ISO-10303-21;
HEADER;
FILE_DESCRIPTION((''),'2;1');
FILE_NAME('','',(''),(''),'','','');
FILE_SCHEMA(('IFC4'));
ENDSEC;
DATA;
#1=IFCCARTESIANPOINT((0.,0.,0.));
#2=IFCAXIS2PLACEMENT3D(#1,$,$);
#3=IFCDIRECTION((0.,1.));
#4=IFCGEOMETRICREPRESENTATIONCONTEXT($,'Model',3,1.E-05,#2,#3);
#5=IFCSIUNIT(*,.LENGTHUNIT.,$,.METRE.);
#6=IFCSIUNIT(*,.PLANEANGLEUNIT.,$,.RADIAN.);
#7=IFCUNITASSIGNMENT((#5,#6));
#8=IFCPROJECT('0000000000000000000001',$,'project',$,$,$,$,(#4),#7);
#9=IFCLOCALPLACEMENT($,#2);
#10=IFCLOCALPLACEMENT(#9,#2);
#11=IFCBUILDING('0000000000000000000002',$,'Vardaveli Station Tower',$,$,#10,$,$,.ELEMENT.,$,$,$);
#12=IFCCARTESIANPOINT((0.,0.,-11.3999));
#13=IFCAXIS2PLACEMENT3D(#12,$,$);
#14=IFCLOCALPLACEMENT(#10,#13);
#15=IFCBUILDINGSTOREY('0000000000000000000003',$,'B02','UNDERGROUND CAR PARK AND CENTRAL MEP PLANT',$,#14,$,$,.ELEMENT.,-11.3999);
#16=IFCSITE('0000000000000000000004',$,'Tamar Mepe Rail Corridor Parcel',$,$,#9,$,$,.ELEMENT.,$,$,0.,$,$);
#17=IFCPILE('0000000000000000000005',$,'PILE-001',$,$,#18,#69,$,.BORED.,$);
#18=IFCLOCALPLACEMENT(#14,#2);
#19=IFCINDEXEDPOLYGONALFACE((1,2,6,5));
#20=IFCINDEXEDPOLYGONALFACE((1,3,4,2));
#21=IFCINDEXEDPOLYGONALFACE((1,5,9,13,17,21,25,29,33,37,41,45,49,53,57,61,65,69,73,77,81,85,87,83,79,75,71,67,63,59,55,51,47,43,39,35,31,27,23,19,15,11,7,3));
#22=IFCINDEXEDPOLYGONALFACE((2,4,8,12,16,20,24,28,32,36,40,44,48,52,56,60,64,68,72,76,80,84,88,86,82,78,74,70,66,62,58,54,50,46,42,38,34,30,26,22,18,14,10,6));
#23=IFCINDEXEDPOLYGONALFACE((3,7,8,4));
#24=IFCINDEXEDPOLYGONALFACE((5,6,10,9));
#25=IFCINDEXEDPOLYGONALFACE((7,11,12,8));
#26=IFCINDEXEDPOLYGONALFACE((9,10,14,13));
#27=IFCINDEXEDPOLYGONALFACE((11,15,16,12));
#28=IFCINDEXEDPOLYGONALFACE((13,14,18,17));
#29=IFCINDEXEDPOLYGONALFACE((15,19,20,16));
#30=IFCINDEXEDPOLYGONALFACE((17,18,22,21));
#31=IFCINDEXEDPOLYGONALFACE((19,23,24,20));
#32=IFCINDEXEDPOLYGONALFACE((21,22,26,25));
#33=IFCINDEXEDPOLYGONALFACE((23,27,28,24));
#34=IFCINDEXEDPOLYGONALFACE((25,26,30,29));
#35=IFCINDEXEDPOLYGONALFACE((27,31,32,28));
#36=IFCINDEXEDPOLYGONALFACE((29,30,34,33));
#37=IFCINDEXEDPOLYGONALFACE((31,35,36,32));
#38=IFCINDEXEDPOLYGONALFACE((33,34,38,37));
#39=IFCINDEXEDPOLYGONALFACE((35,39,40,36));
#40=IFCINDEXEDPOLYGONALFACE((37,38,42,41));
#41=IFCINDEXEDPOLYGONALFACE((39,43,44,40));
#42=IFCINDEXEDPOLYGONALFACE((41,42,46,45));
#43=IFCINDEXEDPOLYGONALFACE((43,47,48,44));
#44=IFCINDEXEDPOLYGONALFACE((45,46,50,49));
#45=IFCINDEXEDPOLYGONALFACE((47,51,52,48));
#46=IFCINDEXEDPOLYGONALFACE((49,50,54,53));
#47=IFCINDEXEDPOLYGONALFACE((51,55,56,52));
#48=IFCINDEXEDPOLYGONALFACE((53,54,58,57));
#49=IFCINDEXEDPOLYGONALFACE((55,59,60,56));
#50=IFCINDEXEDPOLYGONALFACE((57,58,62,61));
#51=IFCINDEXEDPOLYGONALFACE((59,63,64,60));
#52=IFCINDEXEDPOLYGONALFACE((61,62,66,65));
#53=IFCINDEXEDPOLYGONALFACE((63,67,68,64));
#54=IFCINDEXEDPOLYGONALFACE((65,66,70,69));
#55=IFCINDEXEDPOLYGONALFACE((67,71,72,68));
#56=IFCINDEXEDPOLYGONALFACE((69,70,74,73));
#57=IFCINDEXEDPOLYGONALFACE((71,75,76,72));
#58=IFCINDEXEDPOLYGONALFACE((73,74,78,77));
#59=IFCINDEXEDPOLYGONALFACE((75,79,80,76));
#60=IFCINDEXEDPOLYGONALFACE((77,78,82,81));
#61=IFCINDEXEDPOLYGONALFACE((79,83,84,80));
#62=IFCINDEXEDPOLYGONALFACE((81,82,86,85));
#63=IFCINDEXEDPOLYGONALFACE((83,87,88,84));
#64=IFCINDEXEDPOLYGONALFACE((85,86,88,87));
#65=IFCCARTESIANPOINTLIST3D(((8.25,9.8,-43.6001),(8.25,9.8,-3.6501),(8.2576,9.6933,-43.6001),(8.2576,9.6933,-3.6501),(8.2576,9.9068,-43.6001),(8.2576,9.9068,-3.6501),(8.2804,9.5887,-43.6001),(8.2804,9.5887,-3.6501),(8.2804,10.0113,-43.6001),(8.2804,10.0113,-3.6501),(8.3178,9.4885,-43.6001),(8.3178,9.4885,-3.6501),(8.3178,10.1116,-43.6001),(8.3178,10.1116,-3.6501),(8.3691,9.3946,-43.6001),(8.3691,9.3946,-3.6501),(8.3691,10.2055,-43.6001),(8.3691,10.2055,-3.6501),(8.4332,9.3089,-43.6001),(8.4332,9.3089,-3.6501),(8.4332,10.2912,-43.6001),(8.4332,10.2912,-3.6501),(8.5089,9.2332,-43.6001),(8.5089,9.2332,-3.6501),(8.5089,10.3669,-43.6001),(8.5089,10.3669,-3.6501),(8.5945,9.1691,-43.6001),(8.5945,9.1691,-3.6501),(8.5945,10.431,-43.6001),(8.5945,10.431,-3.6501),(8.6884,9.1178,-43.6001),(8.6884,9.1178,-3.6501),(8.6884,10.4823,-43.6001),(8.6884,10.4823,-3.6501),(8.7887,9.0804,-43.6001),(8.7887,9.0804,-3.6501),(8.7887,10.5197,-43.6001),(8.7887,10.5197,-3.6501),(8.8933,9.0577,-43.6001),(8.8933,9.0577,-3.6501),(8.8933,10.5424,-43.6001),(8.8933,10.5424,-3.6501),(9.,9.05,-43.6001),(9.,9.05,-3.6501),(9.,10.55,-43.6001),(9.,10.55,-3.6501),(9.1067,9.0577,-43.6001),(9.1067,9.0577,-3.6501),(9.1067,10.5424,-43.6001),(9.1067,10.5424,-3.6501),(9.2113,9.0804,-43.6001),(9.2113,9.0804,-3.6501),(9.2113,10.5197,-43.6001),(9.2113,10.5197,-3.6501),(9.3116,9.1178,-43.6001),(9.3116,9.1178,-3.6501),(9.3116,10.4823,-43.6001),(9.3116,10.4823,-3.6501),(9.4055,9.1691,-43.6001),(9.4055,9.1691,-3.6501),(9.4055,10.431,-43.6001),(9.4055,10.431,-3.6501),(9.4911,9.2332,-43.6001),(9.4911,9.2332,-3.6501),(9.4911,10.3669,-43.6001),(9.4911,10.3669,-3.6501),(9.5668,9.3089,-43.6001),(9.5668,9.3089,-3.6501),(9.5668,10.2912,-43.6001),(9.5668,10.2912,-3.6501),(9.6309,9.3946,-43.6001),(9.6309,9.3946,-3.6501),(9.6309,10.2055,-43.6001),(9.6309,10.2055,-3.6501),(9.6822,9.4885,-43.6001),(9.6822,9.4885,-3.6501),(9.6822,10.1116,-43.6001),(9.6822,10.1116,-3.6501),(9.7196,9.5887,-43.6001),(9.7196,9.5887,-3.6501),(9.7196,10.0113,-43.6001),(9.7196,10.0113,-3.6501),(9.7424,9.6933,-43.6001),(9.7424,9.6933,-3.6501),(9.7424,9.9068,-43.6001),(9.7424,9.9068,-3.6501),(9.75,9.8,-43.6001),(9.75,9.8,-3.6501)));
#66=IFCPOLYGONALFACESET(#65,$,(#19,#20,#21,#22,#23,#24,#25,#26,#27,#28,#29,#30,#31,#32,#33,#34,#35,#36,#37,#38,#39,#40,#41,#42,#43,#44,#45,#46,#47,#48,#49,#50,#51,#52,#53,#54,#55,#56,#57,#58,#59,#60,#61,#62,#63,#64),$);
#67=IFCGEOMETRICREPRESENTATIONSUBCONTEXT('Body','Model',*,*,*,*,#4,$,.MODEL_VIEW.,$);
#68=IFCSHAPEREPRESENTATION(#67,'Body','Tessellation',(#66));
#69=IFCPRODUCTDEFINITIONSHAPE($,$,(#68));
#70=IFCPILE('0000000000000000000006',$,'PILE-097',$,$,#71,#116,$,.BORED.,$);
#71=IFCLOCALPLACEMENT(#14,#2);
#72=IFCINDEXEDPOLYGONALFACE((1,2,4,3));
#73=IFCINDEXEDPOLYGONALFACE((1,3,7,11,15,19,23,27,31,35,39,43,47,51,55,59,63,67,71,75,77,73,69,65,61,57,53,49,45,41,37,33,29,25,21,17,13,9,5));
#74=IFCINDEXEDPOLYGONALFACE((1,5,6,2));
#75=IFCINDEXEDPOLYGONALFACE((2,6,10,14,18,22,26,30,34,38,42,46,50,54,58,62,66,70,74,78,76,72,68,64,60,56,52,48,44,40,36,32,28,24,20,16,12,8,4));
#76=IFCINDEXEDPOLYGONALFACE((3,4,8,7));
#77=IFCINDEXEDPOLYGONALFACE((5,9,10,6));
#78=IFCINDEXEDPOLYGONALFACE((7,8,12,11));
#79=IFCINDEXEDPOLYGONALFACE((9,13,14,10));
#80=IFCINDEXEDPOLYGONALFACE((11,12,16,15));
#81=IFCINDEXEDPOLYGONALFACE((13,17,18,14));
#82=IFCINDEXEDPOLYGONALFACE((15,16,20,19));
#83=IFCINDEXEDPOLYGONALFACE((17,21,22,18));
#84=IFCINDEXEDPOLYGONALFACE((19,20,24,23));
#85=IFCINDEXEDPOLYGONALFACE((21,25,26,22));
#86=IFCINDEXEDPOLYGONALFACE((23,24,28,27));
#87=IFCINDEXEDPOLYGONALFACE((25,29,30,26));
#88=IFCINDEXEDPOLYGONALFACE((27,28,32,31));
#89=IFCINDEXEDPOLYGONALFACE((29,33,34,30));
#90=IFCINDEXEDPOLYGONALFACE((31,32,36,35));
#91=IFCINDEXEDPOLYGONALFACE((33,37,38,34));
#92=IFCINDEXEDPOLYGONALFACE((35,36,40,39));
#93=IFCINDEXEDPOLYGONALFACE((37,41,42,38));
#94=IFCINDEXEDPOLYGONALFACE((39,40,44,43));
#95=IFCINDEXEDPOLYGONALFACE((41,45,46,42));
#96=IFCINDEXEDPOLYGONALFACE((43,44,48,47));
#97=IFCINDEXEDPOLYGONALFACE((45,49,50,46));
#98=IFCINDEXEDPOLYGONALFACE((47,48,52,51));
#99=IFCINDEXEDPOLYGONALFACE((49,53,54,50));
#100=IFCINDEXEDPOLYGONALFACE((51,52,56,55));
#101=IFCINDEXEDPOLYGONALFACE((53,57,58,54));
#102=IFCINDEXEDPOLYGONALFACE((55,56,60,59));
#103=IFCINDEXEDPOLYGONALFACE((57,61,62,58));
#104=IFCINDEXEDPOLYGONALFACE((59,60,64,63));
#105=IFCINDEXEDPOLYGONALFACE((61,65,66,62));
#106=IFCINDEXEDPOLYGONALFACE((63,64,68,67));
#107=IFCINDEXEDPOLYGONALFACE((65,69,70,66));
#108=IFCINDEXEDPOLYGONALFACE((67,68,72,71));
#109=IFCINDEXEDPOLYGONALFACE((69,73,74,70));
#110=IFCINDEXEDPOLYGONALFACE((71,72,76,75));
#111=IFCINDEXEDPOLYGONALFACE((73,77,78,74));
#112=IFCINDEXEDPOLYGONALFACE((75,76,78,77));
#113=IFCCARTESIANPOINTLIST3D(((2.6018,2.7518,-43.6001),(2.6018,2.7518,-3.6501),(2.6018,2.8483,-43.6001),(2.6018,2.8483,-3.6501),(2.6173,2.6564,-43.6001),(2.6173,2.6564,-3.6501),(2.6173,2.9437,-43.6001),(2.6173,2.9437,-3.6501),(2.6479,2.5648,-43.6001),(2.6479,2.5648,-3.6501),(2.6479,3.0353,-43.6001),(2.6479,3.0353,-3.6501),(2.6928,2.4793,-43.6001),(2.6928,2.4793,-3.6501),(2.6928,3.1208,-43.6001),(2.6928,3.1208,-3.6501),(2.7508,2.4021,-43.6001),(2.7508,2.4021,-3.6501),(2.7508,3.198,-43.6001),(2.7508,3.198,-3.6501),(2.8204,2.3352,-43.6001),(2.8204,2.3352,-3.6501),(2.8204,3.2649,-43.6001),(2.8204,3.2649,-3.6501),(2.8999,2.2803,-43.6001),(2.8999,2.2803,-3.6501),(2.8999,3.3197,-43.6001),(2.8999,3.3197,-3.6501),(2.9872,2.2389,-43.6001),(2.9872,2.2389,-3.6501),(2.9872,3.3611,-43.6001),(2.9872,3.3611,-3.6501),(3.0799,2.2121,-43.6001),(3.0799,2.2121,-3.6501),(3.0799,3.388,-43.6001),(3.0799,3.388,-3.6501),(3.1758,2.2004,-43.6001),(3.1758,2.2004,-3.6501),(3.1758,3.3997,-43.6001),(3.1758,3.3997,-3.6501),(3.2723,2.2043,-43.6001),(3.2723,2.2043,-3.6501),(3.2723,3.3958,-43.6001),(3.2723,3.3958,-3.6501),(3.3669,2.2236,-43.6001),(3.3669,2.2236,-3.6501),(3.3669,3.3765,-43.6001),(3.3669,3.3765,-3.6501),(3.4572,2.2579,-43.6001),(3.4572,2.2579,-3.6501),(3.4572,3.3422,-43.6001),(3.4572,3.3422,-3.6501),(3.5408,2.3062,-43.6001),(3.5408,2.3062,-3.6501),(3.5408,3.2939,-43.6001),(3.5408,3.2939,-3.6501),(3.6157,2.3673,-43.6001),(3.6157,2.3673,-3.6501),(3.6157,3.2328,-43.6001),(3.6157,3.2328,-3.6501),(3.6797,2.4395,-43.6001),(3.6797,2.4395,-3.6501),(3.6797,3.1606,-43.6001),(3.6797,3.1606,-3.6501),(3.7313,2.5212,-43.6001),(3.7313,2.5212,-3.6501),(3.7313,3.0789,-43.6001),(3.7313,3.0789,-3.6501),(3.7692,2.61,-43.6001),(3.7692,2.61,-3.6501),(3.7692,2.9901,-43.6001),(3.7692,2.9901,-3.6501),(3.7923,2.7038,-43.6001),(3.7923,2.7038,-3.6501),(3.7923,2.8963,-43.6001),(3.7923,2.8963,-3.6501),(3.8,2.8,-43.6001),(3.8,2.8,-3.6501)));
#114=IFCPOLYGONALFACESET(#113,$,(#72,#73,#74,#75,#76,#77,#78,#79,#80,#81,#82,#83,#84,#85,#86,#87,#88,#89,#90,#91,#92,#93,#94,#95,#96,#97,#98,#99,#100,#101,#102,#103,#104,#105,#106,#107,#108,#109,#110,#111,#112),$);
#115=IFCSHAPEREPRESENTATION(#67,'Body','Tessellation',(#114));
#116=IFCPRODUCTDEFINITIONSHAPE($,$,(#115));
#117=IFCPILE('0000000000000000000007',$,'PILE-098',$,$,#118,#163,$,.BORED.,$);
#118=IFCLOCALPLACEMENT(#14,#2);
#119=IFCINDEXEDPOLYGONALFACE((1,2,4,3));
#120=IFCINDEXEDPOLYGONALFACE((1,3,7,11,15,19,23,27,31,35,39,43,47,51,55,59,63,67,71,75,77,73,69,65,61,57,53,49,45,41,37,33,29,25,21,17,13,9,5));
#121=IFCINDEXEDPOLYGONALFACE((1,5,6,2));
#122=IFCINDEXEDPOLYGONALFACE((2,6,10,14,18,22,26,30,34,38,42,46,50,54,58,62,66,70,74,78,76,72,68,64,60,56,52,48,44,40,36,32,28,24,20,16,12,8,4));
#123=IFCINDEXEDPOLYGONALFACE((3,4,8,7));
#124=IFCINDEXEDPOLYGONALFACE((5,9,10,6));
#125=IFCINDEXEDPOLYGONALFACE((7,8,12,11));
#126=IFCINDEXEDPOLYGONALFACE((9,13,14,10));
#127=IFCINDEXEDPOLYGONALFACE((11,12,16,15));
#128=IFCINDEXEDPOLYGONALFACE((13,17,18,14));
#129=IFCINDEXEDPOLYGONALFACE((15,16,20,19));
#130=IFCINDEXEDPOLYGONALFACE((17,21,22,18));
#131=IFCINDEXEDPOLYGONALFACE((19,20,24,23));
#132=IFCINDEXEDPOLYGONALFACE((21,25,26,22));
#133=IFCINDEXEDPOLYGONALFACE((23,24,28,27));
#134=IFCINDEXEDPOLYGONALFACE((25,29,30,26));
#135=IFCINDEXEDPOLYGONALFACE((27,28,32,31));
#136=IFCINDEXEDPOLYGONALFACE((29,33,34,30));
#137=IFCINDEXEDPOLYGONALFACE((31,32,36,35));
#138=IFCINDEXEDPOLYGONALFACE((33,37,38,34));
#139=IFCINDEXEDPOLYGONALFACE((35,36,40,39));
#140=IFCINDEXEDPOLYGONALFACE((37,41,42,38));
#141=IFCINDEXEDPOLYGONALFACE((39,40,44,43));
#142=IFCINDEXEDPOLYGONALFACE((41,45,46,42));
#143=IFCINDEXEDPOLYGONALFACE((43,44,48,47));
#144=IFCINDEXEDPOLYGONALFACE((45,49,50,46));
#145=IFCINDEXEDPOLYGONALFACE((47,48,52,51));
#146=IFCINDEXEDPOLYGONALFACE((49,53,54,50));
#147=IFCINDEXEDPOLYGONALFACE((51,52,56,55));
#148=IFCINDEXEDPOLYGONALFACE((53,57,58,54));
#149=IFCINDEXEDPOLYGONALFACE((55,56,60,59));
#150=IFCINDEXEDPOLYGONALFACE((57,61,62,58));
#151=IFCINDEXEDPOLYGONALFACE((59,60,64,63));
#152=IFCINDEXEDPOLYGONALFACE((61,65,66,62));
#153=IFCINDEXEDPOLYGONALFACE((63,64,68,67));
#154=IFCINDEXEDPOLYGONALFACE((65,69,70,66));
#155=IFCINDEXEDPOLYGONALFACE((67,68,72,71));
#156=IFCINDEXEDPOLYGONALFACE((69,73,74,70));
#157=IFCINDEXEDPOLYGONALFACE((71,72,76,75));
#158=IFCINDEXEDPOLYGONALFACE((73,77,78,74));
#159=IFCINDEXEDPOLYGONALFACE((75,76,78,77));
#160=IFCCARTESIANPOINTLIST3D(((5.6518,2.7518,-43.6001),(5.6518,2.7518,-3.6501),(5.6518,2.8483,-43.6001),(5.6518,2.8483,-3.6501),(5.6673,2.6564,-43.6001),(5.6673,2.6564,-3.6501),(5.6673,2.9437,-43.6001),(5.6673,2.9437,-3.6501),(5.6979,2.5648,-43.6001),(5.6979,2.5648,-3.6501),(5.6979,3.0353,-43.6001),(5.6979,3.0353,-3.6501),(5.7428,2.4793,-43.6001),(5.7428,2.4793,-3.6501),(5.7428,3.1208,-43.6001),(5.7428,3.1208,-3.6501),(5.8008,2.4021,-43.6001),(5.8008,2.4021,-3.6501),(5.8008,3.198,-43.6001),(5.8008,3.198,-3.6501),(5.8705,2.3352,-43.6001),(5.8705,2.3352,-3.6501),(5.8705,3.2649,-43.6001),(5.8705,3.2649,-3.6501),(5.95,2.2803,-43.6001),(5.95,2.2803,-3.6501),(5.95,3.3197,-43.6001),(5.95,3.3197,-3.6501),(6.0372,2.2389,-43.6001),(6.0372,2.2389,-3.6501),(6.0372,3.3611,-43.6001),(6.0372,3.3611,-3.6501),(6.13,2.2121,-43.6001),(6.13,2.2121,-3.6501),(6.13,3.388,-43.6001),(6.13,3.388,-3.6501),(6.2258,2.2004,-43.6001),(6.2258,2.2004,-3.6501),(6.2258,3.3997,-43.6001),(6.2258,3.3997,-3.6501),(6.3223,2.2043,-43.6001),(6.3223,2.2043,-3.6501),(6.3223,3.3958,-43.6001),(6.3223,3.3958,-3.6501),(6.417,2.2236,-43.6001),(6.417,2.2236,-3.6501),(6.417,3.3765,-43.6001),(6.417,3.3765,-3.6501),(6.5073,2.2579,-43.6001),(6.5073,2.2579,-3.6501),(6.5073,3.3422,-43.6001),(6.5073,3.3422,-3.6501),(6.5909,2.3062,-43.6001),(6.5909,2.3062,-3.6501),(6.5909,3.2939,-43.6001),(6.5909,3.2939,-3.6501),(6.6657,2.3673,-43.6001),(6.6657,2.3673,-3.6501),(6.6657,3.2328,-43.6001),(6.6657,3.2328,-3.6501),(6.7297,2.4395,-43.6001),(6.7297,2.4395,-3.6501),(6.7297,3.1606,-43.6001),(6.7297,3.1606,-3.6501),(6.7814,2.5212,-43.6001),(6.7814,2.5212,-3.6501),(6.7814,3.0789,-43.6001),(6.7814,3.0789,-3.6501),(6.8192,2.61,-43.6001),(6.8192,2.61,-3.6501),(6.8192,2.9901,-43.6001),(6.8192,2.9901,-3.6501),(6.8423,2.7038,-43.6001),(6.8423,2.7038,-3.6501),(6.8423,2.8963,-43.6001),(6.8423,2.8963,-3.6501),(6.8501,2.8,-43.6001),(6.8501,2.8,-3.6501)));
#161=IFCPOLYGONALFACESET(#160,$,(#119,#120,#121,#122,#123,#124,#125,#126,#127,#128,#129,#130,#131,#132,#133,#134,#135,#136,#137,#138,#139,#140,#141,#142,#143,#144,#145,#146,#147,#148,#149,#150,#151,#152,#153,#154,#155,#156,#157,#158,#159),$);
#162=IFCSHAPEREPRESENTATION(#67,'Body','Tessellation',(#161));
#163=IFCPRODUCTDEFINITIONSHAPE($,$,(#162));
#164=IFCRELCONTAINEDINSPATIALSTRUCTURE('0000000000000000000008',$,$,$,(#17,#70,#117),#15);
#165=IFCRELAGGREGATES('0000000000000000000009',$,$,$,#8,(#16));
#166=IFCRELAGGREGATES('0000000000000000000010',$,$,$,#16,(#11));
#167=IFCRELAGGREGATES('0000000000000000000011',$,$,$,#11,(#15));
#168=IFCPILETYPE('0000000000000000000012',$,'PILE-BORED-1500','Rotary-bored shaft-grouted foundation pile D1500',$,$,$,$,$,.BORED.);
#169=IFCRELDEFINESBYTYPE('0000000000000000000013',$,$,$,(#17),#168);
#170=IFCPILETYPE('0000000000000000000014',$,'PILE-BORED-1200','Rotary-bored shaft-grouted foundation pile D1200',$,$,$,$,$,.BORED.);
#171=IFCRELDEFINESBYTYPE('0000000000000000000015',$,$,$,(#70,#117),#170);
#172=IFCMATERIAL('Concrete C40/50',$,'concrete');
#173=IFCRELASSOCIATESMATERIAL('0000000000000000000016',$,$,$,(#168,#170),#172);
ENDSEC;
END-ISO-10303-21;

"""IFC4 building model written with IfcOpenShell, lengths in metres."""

from ifc_helpers import new_model, si_unit, direction, frame, origin, origin_2d, place, context, subcontext, project, spatial, circle, extrude, source, transform, mapped, material, material_profile, profile_set, type_object, element, save


model = new_model("IFC4")

# Units and contexts
model_context = context("Model", 3, precision=1e-05, world=origin(), true_north=direction((0.0, 1.0)))
body_context = subcontext(model_context, "Body", "Model", "MODEL_VIEW")
ifc_project = project(units=[si_unit("LENGTHUNIT", "METRE"), si_unit("PLANEANGLEUNIT", "RADIAN")], contexts=[model_context])

# Site, building, storey
site_placement = place(None, origin())
site = spatial("IfcSite", under=ifc_project, at=site_placement, Name="Tamar Mepe Rail Corridor Parcel", CompositionType="ELEMENT", RefElevation=0.0)
building_placement = place(site_placement, origin())
building = spatial("IfcBuilding", under=site, at=building_placement, Name="Vardaveli Station Tower", CompositionType="ELEMENT")
storey_placement = place(building_placement, frame((0.0, 0.0, -11.3999)))
storey = spatial("IfcBuildingStorey", under=building, at=storey_placement, Name="B02", Description="UNDERGROUND CAR PARK AND CENTRAL MEP PLANT", CompositionType="ELEMENT", Elevation=-11.3999)

# Piles
ifc_material_1 = material(Name="Concrete C40/50", Category="concrete")
ifc_material_profile_1 = material_profile(ifc_material_1, circle(Radius=0.75, at=origin_2d()), Name="PILE D1500")
ifc_profile_set_1 = profile_set([ifc_material_profile_1], Name="Concrete C40/50")
pile_type_1 = type_object("IfcPileType", Name="PILE-BORED-1500", Description="Rotary-bored shaft-grouted foundation pile D1500", PredefinedType="BORED", material=ifc_profile_set_1)
shared_shape_1 = source(origin(), body_context, "Body", "SweptSolid", [
    extrude(circle(Radius=0.75, at=origin_2d()), origin(), (0.0, 0.0, 1.0), 39.95),
])
pile_placement = place(storey_placement, frame((9.0, 9.8, -3.6501), z_axis=(0.0, 0.0, -1.0), x_axis=(1.0, 0.0, 0.0)))
element("IfcPile", 1, at=pile_placement, inside=storey, type_object=pile_type_1, Name="PILE-001", PredefinedType="BORED", context=body_context, shape_type="MappedRepresentation", body=[
    mapped(shared_shape_1, transform((0.0, 0.0, 0.0), scale=1.0)),
])
ifc_material_profile_2 = material_profile(ifc_material_1, circle(Radius=0.6001, at=origin_2d()), Name="PILE D1200")
ifc_profile_set_2 = profile_set([ifc_material_profile_2], Name="Concrete C40/50")
pile_type_2 = type_object("IfcPileType", Name="PILE-BORED-1200", Description="Rotary-bored shaft-grouted foundation pile D1200", PredefinedType="BORED", material=ifc_profile_set_2)
shared_shape_2 = source(origin(), body_context, "Body", "SweptSolid", [
    extrude(circle(Radius=0.6001, at=origin_2d()), origin(), (0.0, 0.0, 1.0), 39.95),
])
for number, where, z_axis, x_axis, name in (
    (2, (3.2, 2.8, -3.6501), (0.0, 0.0, -1.0), (1.0, 0.0, 0.0), "PILE-097"),
    (3, (6.25, 2.8, -3.6501), (0.0, 0.0, -1.0), (1.0, 0.0, 0.0), "PILE-098"),
):
    element("IfcPile", number, at=place(storey_placement, frame(where, z_axis=z_axis, x_axis=x_axis)), inside=storey, type_object=pile_type_2, Name=name, PredefinedType="BORED", context=body_context, shape_type="MappedRepresentation", body=[
        mapped(shared_shape_2, transform((0.0, 0.0, 0.0), scale=1.0)),
    ])

save(model, "model.ifc")
